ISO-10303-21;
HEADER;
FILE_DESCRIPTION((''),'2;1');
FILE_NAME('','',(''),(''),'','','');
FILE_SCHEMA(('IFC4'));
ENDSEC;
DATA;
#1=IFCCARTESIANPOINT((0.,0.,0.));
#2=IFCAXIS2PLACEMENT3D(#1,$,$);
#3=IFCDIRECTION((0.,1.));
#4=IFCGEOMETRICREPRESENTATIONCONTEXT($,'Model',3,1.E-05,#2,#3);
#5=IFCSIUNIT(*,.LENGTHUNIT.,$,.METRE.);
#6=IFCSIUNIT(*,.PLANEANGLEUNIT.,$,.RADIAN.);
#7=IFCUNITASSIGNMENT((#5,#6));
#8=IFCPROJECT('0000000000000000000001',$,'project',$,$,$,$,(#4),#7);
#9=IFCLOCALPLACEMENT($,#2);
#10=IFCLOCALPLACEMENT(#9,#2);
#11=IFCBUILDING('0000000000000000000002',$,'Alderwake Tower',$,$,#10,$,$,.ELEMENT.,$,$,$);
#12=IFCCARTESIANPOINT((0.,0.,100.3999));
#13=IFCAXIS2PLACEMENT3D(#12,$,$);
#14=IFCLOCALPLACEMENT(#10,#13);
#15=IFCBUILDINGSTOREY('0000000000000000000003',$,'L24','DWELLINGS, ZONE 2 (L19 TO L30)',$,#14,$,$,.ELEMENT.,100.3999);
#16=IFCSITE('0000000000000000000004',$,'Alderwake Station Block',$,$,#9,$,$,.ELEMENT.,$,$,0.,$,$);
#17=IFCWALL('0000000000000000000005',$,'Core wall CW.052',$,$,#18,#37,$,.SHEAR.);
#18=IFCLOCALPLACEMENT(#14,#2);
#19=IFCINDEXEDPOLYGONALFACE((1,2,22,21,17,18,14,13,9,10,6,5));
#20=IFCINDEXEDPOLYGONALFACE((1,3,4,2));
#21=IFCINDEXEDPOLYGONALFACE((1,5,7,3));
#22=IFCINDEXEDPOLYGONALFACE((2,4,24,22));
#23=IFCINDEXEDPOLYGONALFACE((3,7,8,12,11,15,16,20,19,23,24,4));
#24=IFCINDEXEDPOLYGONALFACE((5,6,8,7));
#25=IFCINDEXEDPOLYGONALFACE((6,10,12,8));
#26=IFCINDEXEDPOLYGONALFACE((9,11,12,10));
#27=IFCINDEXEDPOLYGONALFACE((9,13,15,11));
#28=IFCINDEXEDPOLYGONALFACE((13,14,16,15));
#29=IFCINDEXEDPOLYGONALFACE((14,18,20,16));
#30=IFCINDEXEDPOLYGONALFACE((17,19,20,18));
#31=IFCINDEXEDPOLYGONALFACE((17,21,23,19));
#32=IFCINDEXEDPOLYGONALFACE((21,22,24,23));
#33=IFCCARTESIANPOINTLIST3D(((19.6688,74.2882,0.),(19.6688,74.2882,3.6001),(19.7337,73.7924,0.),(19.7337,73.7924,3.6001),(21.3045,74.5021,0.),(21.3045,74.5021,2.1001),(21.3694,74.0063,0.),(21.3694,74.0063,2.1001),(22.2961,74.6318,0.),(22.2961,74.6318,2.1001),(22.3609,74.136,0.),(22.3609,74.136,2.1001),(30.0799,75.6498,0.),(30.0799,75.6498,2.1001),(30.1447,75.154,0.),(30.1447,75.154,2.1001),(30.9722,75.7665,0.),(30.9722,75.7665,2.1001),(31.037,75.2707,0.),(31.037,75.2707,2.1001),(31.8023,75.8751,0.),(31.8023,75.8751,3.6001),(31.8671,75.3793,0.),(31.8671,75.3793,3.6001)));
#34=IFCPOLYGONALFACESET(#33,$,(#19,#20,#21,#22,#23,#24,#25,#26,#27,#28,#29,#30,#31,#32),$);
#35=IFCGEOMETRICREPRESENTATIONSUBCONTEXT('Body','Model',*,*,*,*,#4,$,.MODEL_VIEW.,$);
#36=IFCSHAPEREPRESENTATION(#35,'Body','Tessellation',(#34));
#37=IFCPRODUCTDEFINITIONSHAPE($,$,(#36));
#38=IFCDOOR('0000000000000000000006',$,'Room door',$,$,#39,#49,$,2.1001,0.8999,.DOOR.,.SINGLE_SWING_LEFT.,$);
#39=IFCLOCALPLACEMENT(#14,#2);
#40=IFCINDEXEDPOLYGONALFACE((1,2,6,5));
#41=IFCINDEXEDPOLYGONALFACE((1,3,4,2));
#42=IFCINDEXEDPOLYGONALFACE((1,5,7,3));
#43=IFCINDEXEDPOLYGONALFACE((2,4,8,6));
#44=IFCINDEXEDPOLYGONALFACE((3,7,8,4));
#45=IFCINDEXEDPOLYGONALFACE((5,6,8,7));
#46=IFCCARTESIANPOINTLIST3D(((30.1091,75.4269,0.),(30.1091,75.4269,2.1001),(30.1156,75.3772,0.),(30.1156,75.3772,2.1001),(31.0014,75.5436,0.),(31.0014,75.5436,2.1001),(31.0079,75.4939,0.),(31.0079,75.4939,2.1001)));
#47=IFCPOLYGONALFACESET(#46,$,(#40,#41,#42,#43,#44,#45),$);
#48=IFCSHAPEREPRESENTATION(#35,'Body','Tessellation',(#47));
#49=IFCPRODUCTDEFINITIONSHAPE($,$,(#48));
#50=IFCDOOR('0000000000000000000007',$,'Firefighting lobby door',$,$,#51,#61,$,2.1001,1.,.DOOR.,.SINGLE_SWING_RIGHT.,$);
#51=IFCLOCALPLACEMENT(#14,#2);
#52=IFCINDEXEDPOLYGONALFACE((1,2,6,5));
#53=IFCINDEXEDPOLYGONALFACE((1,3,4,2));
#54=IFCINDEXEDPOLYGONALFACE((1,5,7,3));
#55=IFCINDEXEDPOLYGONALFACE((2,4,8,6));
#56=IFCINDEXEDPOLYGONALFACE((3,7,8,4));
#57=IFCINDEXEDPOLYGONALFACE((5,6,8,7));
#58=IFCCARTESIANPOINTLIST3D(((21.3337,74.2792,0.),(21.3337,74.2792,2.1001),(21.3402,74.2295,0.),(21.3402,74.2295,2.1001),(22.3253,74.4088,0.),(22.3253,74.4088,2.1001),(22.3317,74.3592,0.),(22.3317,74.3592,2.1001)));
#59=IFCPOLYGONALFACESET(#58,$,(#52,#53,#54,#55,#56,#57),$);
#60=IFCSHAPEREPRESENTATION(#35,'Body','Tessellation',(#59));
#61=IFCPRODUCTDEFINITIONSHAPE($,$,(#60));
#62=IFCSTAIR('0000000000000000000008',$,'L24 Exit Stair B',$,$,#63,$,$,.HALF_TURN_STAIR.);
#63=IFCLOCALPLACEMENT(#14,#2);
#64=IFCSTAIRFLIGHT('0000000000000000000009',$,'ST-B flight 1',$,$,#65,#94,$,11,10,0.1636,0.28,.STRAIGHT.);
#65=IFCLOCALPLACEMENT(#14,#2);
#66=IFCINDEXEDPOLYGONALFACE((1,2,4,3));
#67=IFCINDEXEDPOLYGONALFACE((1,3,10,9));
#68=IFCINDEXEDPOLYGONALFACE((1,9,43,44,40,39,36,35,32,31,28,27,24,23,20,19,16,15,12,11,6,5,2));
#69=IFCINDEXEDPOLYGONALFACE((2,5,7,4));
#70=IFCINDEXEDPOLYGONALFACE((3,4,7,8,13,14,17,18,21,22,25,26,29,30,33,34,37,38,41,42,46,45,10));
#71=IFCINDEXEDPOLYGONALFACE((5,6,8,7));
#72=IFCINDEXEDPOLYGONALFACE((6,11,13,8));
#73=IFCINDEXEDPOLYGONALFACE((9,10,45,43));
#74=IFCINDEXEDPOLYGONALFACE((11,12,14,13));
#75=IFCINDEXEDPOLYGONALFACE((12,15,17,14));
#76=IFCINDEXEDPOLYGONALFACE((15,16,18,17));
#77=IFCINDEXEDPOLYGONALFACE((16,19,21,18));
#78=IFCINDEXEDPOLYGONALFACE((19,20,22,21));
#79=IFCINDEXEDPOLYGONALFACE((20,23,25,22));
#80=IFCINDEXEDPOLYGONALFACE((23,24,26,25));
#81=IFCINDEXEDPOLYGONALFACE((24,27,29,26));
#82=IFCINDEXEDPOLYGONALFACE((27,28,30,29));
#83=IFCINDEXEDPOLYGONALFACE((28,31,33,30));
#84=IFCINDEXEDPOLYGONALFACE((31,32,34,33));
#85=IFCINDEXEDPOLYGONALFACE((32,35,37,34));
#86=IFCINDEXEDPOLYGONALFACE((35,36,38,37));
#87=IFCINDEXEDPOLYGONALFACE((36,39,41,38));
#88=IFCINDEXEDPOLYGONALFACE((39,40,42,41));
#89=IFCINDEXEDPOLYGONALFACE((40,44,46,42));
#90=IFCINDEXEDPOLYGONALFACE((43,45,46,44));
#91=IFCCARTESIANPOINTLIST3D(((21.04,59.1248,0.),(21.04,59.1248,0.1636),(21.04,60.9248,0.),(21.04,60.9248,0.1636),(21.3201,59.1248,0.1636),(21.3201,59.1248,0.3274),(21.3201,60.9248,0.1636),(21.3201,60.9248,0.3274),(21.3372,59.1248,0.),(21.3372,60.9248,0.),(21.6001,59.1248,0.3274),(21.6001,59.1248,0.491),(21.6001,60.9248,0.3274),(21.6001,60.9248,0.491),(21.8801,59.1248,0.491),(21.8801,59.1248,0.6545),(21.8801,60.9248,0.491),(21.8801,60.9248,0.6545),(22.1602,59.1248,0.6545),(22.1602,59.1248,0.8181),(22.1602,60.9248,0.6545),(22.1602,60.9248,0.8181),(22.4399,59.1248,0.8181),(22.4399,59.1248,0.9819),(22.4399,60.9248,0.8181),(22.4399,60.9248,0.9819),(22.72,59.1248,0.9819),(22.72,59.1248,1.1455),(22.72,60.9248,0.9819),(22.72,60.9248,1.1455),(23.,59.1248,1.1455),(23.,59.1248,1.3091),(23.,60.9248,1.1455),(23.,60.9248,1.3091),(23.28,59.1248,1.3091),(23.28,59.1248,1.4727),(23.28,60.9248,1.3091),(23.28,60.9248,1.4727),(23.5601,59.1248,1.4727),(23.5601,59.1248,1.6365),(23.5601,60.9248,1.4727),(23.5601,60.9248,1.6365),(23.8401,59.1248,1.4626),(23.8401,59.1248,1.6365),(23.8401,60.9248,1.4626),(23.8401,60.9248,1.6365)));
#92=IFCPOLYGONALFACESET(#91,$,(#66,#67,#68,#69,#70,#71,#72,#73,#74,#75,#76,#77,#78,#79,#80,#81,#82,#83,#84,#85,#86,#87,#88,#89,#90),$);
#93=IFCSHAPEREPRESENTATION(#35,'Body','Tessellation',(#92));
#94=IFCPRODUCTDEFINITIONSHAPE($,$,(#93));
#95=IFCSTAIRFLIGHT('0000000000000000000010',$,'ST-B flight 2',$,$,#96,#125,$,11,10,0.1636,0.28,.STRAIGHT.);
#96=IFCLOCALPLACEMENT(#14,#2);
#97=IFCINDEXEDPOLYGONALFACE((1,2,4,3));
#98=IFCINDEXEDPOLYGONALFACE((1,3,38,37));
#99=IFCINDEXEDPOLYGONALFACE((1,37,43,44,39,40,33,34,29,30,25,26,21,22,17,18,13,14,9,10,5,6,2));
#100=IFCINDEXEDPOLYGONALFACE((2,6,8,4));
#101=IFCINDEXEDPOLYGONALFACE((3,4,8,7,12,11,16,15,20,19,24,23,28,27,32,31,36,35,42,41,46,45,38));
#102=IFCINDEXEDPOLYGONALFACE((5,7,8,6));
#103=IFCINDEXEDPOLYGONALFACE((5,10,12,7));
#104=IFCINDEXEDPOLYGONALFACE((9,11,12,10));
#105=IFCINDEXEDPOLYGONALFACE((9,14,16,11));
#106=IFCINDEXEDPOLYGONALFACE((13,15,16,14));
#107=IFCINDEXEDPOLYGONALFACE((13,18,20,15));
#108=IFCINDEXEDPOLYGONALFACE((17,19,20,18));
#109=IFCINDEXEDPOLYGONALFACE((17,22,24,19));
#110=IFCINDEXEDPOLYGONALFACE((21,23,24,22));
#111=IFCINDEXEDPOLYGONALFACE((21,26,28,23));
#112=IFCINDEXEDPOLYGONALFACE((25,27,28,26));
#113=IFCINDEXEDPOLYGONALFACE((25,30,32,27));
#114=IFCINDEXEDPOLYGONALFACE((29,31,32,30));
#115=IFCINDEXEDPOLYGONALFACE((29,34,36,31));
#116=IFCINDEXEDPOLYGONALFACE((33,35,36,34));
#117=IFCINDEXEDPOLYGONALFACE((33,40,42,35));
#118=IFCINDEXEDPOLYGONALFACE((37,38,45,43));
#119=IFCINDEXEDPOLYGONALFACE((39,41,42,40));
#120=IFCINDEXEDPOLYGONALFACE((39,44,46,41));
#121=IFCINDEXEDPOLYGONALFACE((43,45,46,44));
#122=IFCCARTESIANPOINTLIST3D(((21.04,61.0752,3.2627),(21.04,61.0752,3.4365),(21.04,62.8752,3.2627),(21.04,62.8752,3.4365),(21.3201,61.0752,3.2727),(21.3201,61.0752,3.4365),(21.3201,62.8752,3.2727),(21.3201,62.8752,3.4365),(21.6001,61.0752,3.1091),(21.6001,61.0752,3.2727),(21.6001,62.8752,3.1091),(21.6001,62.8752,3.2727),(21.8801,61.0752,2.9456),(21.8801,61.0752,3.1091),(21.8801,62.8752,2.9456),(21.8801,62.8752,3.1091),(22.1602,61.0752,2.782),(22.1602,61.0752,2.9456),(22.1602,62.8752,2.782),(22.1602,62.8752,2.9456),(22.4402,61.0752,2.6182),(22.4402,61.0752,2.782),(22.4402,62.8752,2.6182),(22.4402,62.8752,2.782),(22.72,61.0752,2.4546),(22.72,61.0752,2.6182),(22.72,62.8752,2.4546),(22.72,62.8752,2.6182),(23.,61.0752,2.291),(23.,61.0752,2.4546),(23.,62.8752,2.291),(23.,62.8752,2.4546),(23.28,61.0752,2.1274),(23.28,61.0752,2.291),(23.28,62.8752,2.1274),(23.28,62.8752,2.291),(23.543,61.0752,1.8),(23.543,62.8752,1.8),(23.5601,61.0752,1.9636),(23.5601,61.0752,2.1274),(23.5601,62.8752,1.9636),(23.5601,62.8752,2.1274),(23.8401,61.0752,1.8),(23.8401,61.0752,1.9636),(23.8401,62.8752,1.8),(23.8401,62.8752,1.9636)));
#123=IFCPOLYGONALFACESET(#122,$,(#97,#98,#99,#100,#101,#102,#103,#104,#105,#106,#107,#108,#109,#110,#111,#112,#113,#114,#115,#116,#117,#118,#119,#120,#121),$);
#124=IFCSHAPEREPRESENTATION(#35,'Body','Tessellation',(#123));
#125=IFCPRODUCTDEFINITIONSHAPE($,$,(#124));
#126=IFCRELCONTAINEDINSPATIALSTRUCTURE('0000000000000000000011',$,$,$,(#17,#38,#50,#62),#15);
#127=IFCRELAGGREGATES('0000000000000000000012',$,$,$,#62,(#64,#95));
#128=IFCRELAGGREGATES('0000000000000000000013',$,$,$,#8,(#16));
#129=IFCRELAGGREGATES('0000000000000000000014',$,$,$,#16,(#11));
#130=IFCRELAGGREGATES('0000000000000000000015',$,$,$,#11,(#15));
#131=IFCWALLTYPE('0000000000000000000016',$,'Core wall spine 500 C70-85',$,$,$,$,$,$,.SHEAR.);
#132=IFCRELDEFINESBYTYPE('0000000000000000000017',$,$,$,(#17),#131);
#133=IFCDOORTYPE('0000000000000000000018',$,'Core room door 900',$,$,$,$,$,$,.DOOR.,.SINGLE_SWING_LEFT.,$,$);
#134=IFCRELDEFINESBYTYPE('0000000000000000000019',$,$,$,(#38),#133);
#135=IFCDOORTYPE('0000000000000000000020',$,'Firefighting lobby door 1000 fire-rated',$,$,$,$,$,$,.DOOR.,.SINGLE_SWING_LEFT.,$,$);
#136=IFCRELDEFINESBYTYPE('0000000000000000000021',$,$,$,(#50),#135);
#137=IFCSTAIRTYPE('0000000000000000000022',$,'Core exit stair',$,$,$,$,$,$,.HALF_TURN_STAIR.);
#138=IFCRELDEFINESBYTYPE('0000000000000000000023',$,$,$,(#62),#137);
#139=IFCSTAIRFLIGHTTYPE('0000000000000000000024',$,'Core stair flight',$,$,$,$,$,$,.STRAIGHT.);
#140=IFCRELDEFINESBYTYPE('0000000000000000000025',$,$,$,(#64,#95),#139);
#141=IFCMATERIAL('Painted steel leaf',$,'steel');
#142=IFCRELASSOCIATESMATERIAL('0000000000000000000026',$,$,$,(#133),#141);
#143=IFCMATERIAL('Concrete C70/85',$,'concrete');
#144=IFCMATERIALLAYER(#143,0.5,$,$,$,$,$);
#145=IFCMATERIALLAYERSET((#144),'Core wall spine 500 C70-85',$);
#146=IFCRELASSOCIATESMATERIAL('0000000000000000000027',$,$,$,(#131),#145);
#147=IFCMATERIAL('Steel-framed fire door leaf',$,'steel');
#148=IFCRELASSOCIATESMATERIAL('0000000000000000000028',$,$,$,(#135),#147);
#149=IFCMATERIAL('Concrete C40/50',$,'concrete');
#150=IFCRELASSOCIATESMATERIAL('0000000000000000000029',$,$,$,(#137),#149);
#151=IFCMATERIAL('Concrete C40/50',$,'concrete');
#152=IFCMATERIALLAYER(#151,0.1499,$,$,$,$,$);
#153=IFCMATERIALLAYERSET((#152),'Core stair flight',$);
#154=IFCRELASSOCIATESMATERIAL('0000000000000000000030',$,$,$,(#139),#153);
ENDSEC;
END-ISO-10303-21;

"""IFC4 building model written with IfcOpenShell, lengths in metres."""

from ifc_helpers import new_model, si_unit, direction, frame, frame_2d, origin, place, context, subcontext, project, spatial, polyline, rectangle, outline, extrude, material, layer, layer_set, type_object, element, fill, aggregate, save


model = new_model("IFC4")

# Units and contexts
model_context = context("Model", 3, precision=1e-05, world=origin(), true_north=direction((0.0, 1.0)))
body_context = subcontext(model_context, "Body", "Model", "MODEL_VIEW")
ifc_project = project(units=[si_unit("LENGTHUNIT", "METRE"), si_unit("PLANEANGLEUNIT", "RADIAN")], contexts=[model_context])

# Site, building, storey
site_placement = place(None, origin())
site = spatial("IfcSite", under=ifc_project, at=site_placement, Name="Alderwake Station Block", CompositionType="ELEMENT", RefElevation=0.0)
building_placement = place(site_placement, origin())
building = spatial("IfcBuilding", under=site, at=building_placement, Name="Alderwake Tower", CompositionType="ELEMENT")
storey_placement = place(building_placement, frame((0.0, 0.0, 100.3999)))
storey = spatial("IfcBuildingStorey", under=building, at=storey_placement, Name="L24", Description="DWELLINGS, ZONE 2 (L19 TO L30)", CompositionType="ELEMENT", Elevation=100.3999)

# Shared definitions
ifc_material_1 = material(Name="Painted steel leaf", Category="steel")
door_type_1 = type_object("IfcDoorType", Name="Core room door 900", OperationType="SINGLE_SWING_LEFT", PredefinedType="DOOR", material=ifc_material_1)

# Shared definitions
ifc_material_2 = material(Name="Concrete C70/85", Category="concrete")
ifc_layer_1 = layer(ifc_material_2, 0.5)
ifc_layer_set_1 = layer_set([ifc_layer_1], Name="Core wall spine 500 C70-85")
wall_type_1 = type_object("IfcWallType", Name="Core wall spine 500 C70-85", PredefinedType="SHEAR", material=ifc_layer_set_1)

# Wall, openings, doors
wall_1_placement = place(storey_placement, frame((31.8347, 75.6272, 0.0), z_axis=(0.0, 0.0, 1.0), x_axis=(-0.991556, -0.129683, 0.0)))
wall_1 = element("IfcWall", 1, at=wall_1_placement, inside=storey, type_object=wall_type_1, Name="Core wall CW.052", PredefinedType="SHEAR", context=body_context, shape_type="SweptSolid", body=[
    extrude(rectangle(XDim=12.2368, YDim=0.5, at=frame_2d((6.1184, 0.0))), origin(), (0.0, 0.0, 1.0), 3.6001),
])
opening_1_placement = place(wall_1_placement, frame((9.5872, 0.0, 0.0)))
opening_1 = element("IfcOpeningElement", 2, at=opening_1_placement, cuts=wall_1, PredefinedType="OPENING", context=body_context, shape_type="SweptSolid", body=[
    extrude(rectangle(XDim=1.0, YDim=2.1001, at=frame_2d((0.5, 1.05))), frame((0.0, 0.26, 0.0), z_axis=(0.0, -1.0, 0.0), x_axis=(1.0, 0.0, 0.0)), (0.0, 0.0, 1.0), 0.52),
])
opening_2_placement = place(wall_1_placement, frame((0.8372, 0.0, 0.0)))
opening_2 = element("IfcOpeningElement", 3, at=opening_2_placement, cuts=wall_1, PredefinedType="OPENING", context=body_context, shape_type="SweptSolid", body=[
    extrude(rectangle(XDim=0.8999, YDim=2.1001, at=frame_2d((0.45, 1.05))), frame((0.0, 0.26, 0.0), z_axis=(0.0, -1.0, 0.0), x_axis=(1.0, 0.0, 0.0)), (0.0, 0.0, 1.0), 0.52),
])
door_1_placement = place(opening_2_placement, origin())
door_1 = element("IfcDoor", 4, at=door_1_placement, inside=storey, type_object=door_type_1, Name="Room door", OperationType="SINGLE_SWING_LEFT", OverallHeight=2.1001, OverallWidth=0.8999, PredefinedType="DOOR", context=body_context, shape_type="SweptSolid", body=[
    extrude(rectangle(XDim=0.8999, YDim=2.1001, at=frame_2d((0.45, 1.05))), frame((0.0, 0.0249, 0.0), z_axis=(0.0, -1.0, 0.0), x_axis=(1.0, 0.0, 0.0)), (0.0, 0.0, 1.0), 0.05),
])
fill(opening_2, door_1)
ifc_material_3 = material(Name="Steel-framed fire door leaf", Category="steel")
door_type_2 = type_object("IfcDoorType", Name="Firefighting lobby door 1000 fire-rated", OperationType="SINGLE_SWING_LEFT", PredefinedType="DOOR", material=ifc_material_3)
door_2_placement = place(opening_1_placement, origin())
door_2 = element("IfcDoor", 5, at=door_2_placement, inside=storey, type_object=door_type_2, Name="Firefighting lobby door", OperationType="SINGLE_SWING_RIGHT", OverallHeight=2.1001, OverallWidth=1.0, PredefinedType="DOOR", context=body_context, shape_type="SweptSolid", body=[
    extrude(rectangle(XDim=1.0, YDim=2.1001, at=frame_2d((0.5, 1.05))), frame((0.0, 0.0249, 0.0), z_axis=(0.0, -1.0, 0.0), x_axis=(1.0, 0.0, 0.0)), (0.0, 0.0, 1.0), 0.05),
])
fill(opening_1, door_2)

# Stair, stair flights
ifc_material_4 = material(Name="Concrete C40/50", Category="concrete")
stair_type = type_object("IfcStairType", Name="Core exit stair", PredefinedType="HALF_TURN_STAIR", material=ifc_material_4)
stair_placement = place(storey_placement, origin())
stair = element("IfcStair", 6, at=stair_placement, inside=storey, type_object=stair_type, Name="L24 Exit Stair B", PredefinedType="HALF_TURN_STAIR")
ifc_material_5 = material(Name="Concrete C40/50", Category="concrete")
ifc_layer_2 = layer(ifc_material_5, 0.1499)
ifc_layer_set_2 = layer_set([ifc_layer_2], Name="Core stair flight")
stair_flight_type = type_object("IfcStairFlightType", Name="Core stair flight", PredefinedType="STRAIGHT", material=ifc_layer_set_2)
stair_flight_1_placement = place(storey_placement, frame((21.04, 60.0249, 0.0), z_axis=(0.0, 0.0, 1.0), x_axis=(1.0, 0.0, 0.0)))
stair_flight_1 = element("IfcStairFlight", 7, at=stair_flight_1_placement, type_object=stair_flight_type, Name="ST-B flight 1", NumberOfRisers=11, NumberOfTreads=10, PredefinedType="STRAIGHT", RiserHeight=0.1636, TreadLength=0.28, context=body_context, shape_type="SweptSolid", body=[
    extrude(outline(polyline([(0.0, 0.0), (0.0, 0.1636), (0.28, 0.1636), (0.28, 0.3274), (0.5601, 0.3274), (0.5601, 0.491), (0.8401, 0.491), (0.8401, 0.6545), (1.1201, 0.6545), (1.1201, 0.8181), (1.3999, 0.8181), (1.3999, 0.9819), (1.6799, 0.9819), (1.6799, 1.1455), (1.96, 1.1455), (1.96, 1.3091), (2.24, 1.3091), (2.24, 1.4727), (2.52, 1.4727), (2.52, 1.6365), (2.8, 1.6365), (2.8, 1.8), (2.8, 1.4626), (0.2971, 0.0), (0.0, 0.0)])), frame((0.0, 0.8999, 0.0), z_axis=(0.0, -1.0, 0.0), x_axis=(1.0, 0.0, 0.0)), (0.0, 0.0, 1.0), 1.8),
])
stair_flight_2_placement = place(storey_placement, frame((23.8401, 61.9751, 1.8), z_axis=(0.0, 0.0, 1.0), x_axis=(-1.0, 0.0, 0.0)))
stair_flight_2 = element("IfcStairFlight", 8, at=stair_flight_2_placement, type_object=stair_flight_type, Name="ST-B flight 2", NumberOfRisers=11, NumberOfTreads=10, PredefinedType="STRAIGHT", RiserHeight=0.1636, TreadLength=0.28, context=body_context, shape_type="SweptSolid", body=[
    extrude(outline(polyline([(0.0, 0.0), (0.0, 0.1636), (0.28, 0.1636), (0.28, 0.3274), (0.5601, 0.3274), (0.5601, 0.491), (0.8401, 0.491), (0.8401, 0.6545), (1.1201, 0.6545), (1.1201, 0.8181), (1.3999, 0.8181), (1.3999, 0.9819), (1.6799, 0.9819), (1.6799, 1.1455), (1.96, 1.1455), (1.96, 1.3091), (2.24, 1.3091), (2.24, 1.4727), (2.52, 1.4727), (2.52, 1.6365), (2.8, 1.6365), (2.8, 1.8), (2.8, 1.4626), (0.2971, 0.0), (0.0, 0.0)])), frame((0.0, 0.8999, 0.0), z_axis=(0.0, -1.0, 0.0), x_axis=(1.0, 0.0, 0.0)), (0.0, 0.0, 1.0), 1.8),
])
aggregate(stair, [stair_flight_1, stair_flight_2])

save(model, "model.ifc")
